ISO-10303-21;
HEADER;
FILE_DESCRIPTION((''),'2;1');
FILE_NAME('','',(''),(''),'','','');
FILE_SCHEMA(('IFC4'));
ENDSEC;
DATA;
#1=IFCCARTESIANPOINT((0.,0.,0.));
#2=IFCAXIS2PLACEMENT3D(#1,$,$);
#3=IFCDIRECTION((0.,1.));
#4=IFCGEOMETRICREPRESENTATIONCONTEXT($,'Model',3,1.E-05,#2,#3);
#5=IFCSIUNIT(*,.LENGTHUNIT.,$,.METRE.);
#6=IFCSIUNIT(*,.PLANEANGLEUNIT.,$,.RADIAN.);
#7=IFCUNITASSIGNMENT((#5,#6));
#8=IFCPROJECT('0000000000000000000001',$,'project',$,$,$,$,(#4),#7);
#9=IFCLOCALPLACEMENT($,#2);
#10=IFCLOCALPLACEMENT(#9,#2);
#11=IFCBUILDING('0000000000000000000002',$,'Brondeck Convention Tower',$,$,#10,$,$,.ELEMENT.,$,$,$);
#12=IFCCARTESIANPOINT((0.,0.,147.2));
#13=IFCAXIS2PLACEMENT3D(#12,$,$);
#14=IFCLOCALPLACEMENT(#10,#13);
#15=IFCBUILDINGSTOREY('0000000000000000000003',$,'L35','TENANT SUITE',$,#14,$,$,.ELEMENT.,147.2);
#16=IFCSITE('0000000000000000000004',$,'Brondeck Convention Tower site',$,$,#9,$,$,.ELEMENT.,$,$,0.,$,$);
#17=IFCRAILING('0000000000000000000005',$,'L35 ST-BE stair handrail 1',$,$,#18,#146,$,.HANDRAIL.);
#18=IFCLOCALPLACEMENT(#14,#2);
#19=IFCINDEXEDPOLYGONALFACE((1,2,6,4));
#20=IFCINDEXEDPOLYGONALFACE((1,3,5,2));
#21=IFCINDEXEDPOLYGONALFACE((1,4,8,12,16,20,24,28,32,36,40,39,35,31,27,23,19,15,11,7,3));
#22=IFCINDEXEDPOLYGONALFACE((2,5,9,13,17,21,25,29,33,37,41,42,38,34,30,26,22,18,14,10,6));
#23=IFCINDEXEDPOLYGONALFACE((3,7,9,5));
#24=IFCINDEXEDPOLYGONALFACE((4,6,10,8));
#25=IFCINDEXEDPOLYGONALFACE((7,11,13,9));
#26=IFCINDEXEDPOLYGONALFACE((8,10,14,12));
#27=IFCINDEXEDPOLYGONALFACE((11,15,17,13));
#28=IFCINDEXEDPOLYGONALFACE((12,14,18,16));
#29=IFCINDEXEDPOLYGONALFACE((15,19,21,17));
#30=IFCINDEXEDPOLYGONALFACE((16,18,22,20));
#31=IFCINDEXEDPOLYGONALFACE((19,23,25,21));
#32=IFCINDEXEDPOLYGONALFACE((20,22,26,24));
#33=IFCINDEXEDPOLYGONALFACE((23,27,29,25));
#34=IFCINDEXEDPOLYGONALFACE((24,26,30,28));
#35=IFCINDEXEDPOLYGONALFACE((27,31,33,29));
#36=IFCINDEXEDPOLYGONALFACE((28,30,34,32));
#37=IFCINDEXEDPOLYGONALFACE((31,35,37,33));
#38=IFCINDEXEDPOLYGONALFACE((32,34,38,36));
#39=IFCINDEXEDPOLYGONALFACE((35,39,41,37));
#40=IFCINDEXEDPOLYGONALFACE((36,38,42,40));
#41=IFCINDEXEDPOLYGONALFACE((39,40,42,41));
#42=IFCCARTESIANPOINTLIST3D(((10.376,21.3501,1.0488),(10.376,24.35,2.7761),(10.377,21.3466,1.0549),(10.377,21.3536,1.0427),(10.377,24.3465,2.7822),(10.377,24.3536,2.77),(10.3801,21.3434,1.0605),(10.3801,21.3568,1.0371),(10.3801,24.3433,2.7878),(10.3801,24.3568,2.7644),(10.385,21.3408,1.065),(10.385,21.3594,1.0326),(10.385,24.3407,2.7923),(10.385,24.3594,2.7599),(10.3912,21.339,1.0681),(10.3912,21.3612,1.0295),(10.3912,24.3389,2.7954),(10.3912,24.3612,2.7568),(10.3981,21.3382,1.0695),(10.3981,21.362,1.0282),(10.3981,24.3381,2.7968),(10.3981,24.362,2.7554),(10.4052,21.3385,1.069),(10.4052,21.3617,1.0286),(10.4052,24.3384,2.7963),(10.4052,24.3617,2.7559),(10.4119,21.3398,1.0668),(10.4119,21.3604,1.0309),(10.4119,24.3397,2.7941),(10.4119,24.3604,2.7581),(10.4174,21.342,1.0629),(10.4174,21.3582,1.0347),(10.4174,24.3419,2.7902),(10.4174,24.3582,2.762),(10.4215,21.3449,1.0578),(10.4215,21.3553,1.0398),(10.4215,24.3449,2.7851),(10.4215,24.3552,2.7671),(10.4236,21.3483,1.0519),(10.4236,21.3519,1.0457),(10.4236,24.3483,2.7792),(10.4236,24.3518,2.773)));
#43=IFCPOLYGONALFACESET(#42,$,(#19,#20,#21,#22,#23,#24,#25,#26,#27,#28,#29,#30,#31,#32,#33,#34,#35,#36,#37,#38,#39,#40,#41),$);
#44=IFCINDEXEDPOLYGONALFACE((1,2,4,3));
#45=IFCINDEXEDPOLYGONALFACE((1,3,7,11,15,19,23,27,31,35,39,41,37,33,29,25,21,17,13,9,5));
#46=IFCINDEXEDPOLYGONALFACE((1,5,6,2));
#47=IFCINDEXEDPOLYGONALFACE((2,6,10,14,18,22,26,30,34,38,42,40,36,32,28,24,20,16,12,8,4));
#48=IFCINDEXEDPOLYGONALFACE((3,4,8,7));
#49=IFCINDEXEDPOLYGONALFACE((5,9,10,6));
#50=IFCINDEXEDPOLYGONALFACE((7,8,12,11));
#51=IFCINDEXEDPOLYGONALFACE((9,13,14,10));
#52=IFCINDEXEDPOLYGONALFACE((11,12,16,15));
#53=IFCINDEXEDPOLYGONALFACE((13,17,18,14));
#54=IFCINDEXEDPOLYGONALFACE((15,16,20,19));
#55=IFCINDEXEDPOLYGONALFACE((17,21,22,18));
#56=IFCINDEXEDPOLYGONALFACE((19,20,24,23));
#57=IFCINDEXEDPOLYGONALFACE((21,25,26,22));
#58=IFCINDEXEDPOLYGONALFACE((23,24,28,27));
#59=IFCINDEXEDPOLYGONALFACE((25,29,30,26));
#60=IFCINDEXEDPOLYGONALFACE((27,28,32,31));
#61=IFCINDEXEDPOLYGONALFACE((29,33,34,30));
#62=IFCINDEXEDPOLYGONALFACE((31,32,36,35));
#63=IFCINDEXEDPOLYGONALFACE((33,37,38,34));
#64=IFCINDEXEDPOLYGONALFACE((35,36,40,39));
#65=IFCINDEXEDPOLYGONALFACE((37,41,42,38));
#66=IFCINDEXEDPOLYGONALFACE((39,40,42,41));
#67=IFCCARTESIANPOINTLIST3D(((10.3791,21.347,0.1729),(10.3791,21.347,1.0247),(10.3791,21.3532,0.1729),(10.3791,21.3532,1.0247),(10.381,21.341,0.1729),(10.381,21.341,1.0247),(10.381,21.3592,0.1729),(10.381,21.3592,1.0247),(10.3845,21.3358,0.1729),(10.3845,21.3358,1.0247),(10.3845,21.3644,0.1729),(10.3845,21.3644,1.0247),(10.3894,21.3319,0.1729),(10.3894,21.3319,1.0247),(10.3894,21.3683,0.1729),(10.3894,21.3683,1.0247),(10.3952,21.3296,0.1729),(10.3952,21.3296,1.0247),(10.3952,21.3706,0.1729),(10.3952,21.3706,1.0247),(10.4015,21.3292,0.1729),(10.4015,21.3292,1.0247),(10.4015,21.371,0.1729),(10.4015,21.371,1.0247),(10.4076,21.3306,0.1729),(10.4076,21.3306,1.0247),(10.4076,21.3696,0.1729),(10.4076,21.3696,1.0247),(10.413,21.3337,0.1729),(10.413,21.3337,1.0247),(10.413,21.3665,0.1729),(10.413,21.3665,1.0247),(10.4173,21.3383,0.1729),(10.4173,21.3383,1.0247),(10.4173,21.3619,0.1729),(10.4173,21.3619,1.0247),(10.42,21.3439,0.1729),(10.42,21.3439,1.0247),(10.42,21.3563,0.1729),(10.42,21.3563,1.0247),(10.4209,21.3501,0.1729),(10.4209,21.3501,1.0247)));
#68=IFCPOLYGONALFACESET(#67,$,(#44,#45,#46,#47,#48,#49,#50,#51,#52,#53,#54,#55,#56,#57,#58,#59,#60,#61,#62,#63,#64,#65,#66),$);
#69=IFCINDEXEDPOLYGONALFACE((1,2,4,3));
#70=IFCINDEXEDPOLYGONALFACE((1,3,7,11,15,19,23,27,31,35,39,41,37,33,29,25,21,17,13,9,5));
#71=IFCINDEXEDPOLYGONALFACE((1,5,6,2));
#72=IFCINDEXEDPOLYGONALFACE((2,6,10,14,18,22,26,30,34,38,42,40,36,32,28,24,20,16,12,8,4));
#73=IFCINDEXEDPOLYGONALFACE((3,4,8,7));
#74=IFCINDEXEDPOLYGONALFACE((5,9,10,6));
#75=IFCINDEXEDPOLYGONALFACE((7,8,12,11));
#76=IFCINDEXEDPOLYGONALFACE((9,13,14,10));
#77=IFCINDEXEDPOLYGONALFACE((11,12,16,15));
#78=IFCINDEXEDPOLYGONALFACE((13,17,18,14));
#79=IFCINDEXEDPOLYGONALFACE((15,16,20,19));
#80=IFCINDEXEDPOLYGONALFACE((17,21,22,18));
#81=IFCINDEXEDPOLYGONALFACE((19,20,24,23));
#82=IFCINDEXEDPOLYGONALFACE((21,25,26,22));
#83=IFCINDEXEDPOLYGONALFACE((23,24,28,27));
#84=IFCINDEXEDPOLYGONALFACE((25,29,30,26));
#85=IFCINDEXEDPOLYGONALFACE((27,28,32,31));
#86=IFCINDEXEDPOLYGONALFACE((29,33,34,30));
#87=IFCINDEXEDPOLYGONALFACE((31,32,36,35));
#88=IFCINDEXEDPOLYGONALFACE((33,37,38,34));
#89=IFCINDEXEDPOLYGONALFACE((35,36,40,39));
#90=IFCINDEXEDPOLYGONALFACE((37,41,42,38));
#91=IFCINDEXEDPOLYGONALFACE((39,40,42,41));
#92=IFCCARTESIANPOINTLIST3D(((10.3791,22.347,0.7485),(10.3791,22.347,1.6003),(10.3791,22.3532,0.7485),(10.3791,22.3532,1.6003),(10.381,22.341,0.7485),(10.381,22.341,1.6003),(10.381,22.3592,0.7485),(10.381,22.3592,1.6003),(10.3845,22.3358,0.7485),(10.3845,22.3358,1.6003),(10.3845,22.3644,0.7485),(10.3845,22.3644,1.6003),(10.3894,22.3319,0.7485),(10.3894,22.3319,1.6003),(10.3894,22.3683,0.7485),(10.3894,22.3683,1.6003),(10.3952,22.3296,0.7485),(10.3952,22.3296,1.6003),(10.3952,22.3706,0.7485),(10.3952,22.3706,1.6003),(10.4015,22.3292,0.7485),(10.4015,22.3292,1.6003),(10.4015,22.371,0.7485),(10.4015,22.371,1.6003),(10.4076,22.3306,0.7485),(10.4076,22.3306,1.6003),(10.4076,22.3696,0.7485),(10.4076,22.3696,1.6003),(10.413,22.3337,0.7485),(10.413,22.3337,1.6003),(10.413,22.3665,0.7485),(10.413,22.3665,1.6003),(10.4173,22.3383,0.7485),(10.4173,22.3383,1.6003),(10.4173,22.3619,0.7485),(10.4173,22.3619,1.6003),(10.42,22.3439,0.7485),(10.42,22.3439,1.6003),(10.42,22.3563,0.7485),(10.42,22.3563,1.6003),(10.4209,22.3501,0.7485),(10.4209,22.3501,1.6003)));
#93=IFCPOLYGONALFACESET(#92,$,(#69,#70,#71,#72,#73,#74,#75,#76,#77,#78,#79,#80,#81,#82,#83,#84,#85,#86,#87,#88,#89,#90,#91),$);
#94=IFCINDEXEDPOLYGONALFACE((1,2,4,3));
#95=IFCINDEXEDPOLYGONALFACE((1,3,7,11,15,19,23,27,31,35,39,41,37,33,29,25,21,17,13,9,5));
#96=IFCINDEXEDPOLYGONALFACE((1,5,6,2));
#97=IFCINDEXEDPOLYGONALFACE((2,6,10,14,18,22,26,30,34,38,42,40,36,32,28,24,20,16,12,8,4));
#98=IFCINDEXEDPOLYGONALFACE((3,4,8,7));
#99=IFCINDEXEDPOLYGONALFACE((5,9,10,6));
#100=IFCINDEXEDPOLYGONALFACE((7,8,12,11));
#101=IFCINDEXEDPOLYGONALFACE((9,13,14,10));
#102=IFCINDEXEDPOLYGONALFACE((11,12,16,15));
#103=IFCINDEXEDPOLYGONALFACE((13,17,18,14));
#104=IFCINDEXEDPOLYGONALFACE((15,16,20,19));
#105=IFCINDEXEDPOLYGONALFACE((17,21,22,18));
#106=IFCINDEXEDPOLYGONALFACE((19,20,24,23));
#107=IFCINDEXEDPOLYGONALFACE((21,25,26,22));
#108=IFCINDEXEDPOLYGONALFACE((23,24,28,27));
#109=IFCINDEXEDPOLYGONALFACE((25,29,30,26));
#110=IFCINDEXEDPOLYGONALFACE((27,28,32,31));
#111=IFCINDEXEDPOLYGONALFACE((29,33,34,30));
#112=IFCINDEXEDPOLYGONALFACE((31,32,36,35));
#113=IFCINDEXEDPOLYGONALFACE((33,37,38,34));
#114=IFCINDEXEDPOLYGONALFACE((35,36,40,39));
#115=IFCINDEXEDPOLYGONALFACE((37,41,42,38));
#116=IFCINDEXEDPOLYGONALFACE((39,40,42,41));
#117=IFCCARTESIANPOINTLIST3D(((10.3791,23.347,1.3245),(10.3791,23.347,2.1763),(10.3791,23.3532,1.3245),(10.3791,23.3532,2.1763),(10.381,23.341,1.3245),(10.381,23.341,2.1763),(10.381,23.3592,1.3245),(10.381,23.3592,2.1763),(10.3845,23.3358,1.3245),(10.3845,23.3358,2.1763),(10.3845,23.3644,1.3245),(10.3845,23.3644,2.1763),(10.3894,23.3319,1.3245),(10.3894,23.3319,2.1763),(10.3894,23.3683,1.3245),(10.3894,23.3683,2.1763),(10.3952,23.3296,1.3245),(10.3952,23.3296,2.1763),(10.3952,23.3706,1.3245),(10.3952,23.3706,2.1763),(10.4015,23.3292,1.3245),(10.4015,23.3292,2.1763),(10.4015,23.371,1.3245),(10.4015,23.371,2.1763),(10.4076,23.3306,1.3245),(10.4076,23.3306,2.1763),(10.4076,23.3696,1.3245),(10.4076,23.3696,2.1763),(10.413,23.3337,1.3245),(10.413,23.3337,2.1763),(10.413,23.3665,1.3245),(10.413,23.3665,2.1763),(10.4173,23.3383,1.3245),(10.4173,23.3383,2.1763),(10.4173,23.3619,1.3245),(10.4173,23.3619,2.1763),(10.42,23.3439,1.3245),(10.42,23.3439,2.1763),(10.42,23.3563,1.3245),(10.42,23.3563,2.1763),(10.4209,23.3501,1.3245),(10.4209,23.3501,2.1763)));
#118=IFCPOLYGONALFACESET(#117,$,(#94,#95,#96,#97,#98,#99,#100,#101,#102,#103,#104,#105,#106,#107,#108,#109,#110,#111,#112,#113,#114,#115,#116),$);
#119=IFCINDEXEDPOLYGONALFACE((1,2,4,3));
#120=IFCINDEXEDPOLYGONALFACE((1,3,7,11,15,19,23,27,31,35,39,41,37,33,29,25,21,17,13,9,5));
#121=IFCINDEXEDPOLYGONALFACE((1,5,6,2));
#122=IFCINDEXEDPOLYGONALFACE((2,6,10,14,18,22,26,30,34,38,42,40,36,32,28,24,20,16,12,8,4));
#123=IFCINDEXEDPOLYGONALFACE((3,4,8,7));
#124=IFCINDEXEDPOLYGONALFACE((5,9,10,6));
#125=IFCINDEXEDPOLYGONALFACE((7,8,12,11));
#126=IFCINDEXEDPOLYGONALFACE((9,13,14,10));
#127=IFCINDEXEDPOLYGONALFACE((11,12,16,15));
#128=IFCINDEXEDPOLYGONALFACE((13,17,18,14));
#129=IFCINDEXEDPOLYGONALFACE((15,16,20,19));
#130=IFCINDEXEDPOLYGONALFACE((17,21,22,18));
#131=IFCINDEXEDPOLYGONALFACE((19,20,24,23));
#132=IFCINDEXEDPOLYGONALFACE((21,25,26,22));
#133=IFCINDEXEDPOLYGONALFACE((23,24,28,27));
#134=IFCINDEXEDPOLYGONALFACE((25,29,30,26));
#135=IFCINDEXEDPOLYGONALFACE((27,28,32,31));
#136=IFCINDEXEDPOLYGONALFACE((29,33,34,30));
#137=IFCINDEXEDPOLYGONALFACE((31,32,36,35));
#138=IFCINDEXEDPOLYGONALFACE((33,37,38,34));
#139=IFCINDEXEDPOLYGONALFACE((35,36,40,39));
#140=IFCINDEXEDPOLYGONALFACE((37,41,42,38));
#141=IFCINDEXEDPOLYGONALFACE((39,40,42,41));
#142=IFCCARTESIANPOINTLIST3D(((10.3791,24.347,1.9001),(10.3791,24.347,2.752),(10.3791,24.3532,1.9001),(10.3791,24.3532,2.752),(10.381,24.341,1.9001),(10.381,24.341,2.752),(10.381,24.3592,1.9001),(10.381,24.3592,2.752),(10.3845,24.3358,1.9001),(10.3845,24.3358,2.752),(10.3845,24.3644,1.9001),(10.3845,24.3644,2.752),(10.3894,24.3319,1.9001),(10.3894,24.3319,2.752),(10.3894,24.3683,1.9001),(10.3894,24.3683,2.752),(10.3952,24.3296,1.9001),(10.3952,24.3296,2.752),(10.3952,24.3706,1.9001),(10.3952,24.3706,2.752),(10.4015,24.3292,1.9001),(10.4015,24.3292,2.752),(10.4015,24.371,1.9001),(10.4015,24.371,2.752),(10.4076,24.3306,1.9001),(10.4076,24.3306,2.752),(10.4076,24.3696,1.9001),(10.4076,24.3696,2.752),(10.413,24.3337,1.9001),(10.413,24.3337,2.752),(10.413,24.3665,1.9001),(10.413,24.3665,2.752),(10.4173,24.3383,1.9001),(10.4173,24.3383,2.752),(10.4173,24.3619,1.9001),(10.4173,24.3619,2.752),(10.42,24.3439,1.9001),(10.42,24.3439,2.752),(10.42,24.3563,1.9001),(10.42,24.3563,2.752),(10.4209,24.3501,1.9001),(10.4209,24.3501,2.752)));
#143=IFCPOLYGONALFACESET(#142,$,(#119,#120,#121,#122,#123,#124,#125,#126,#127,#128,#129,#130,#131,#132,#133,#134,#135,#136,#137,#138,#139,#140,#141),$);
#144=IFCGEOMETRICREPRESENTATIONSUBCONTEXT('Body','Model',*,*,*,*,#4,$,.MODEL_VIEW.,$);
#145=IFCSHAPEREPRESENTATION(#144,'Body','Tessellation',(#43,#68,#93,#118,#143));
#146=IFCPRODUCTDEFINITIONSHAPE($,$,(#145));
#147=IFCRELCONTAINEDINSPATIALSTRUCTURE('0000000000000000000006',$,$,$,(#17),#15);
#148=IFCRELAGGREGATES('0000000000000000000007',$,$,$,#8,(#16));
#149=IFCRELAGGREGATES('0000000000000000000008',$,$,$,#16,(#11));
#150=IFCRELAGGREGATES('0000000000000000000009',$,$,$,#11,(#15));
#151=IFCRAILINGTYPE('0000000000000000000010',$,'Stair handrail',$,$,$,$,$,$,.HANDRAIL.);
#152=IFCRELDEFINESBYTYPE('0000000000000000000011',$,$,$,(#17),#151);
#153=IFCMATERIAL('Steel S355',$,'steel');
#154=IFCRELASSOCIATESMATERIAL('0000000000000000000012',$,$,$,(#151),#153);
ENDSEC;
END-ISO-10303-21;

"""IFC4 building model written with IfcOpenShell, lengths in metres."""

from ifc_helpers import new_model, si_unit, direction, frame, origin, origin_2d, place, context, subcontext, project, spatial, circle, extrude, material, type_object, element, save


model = new_model("IFC4")

# Units and contexts
model_context = context("Model", 3, precision=1e-05, world=origin(), true_north=direction((0.0, 1.0)))
body_context = subcontext(model_context, "Body", "Model", "MODEL_VIEW")
ifc_project = project(units=[si_unit("LENGTHUNIT", "METRE"), si_unit("PLANEANGLEUNIT", "RADIAN")], contexts=[model_context])

# Site, building, storey
site_placement = place(None, origin())
site = spatial("IfcSite", under=ifc_project, at=site_placement, Name="Brondeck Convention Tower site", CompositionType="ELEMENT", RefElevation=0.0)
building_placement = place(site_placement, origin())
building = spatial("IfcBuilding", under=site, at=building_placement, Name="Brondeck Convention Tower", CompositionType="ELEMENT")
storey_placement = place(building_placement, frame((0.0, 0.0, 147.2)))
storey = spatial("IfcBuildingStorey", under=building, at=storey_placement, Name="L35", Description="TENANT SUITE", CompositionType="ELEMENT", Elevation=147.2)

# Shared definitions
ifc_material_1 = material(Name="Steel S355", Category="steel")

# Railing
railing_type = type_object("IfcRailingType", Name="Stair handrail", PredefinedType="HANDRAIL", material=ifc_material_1)
railing_placement = place(storey_placement, frame((10.3999, 21.3501, 0.1729)))
element("IfcRailing", 1, at=railing_placement, inside=storey, type_object=railing_type, Name="L35 ST-BE stair handrail 1", PredefinedType="HANDRAIL", context=body_context, shape_type="SweptSolid", body=[
    extrude(circle(Radius=0.0239, at=origin_2d()), frame((0.0, 0.0, 0.876), z_axis=(0.0, 0.86662, 0.498969), x_axis=(-1.0, 0.0, 0.0)), (0.0, 0.0, 1.0), 3.4617),
    extrude(circle(Radius=0.021, at=origin_2d()), origin(), (0.0, 0.0, 1.0), 0.8518),
    extrude(circle(Radius=0.021, at=origin_2d()), frame((0.0, 1.0, 0.5757)), (0.0, 0.0, 1.0), 0.8518),
    extrude(circle(Radius=0.021, at=origin_2d()), frame((0.0, 2.0, 1.1516)), (0.0, 0.0, 1.0), 0.8518),
    extrude(circle(Radius=0.021, at=origin_2d()), frame((0.0, 3.0, 1.7273)), (0.0, 0.0, 1.0), 0.8518),
])

save(model, "model.ifc")
